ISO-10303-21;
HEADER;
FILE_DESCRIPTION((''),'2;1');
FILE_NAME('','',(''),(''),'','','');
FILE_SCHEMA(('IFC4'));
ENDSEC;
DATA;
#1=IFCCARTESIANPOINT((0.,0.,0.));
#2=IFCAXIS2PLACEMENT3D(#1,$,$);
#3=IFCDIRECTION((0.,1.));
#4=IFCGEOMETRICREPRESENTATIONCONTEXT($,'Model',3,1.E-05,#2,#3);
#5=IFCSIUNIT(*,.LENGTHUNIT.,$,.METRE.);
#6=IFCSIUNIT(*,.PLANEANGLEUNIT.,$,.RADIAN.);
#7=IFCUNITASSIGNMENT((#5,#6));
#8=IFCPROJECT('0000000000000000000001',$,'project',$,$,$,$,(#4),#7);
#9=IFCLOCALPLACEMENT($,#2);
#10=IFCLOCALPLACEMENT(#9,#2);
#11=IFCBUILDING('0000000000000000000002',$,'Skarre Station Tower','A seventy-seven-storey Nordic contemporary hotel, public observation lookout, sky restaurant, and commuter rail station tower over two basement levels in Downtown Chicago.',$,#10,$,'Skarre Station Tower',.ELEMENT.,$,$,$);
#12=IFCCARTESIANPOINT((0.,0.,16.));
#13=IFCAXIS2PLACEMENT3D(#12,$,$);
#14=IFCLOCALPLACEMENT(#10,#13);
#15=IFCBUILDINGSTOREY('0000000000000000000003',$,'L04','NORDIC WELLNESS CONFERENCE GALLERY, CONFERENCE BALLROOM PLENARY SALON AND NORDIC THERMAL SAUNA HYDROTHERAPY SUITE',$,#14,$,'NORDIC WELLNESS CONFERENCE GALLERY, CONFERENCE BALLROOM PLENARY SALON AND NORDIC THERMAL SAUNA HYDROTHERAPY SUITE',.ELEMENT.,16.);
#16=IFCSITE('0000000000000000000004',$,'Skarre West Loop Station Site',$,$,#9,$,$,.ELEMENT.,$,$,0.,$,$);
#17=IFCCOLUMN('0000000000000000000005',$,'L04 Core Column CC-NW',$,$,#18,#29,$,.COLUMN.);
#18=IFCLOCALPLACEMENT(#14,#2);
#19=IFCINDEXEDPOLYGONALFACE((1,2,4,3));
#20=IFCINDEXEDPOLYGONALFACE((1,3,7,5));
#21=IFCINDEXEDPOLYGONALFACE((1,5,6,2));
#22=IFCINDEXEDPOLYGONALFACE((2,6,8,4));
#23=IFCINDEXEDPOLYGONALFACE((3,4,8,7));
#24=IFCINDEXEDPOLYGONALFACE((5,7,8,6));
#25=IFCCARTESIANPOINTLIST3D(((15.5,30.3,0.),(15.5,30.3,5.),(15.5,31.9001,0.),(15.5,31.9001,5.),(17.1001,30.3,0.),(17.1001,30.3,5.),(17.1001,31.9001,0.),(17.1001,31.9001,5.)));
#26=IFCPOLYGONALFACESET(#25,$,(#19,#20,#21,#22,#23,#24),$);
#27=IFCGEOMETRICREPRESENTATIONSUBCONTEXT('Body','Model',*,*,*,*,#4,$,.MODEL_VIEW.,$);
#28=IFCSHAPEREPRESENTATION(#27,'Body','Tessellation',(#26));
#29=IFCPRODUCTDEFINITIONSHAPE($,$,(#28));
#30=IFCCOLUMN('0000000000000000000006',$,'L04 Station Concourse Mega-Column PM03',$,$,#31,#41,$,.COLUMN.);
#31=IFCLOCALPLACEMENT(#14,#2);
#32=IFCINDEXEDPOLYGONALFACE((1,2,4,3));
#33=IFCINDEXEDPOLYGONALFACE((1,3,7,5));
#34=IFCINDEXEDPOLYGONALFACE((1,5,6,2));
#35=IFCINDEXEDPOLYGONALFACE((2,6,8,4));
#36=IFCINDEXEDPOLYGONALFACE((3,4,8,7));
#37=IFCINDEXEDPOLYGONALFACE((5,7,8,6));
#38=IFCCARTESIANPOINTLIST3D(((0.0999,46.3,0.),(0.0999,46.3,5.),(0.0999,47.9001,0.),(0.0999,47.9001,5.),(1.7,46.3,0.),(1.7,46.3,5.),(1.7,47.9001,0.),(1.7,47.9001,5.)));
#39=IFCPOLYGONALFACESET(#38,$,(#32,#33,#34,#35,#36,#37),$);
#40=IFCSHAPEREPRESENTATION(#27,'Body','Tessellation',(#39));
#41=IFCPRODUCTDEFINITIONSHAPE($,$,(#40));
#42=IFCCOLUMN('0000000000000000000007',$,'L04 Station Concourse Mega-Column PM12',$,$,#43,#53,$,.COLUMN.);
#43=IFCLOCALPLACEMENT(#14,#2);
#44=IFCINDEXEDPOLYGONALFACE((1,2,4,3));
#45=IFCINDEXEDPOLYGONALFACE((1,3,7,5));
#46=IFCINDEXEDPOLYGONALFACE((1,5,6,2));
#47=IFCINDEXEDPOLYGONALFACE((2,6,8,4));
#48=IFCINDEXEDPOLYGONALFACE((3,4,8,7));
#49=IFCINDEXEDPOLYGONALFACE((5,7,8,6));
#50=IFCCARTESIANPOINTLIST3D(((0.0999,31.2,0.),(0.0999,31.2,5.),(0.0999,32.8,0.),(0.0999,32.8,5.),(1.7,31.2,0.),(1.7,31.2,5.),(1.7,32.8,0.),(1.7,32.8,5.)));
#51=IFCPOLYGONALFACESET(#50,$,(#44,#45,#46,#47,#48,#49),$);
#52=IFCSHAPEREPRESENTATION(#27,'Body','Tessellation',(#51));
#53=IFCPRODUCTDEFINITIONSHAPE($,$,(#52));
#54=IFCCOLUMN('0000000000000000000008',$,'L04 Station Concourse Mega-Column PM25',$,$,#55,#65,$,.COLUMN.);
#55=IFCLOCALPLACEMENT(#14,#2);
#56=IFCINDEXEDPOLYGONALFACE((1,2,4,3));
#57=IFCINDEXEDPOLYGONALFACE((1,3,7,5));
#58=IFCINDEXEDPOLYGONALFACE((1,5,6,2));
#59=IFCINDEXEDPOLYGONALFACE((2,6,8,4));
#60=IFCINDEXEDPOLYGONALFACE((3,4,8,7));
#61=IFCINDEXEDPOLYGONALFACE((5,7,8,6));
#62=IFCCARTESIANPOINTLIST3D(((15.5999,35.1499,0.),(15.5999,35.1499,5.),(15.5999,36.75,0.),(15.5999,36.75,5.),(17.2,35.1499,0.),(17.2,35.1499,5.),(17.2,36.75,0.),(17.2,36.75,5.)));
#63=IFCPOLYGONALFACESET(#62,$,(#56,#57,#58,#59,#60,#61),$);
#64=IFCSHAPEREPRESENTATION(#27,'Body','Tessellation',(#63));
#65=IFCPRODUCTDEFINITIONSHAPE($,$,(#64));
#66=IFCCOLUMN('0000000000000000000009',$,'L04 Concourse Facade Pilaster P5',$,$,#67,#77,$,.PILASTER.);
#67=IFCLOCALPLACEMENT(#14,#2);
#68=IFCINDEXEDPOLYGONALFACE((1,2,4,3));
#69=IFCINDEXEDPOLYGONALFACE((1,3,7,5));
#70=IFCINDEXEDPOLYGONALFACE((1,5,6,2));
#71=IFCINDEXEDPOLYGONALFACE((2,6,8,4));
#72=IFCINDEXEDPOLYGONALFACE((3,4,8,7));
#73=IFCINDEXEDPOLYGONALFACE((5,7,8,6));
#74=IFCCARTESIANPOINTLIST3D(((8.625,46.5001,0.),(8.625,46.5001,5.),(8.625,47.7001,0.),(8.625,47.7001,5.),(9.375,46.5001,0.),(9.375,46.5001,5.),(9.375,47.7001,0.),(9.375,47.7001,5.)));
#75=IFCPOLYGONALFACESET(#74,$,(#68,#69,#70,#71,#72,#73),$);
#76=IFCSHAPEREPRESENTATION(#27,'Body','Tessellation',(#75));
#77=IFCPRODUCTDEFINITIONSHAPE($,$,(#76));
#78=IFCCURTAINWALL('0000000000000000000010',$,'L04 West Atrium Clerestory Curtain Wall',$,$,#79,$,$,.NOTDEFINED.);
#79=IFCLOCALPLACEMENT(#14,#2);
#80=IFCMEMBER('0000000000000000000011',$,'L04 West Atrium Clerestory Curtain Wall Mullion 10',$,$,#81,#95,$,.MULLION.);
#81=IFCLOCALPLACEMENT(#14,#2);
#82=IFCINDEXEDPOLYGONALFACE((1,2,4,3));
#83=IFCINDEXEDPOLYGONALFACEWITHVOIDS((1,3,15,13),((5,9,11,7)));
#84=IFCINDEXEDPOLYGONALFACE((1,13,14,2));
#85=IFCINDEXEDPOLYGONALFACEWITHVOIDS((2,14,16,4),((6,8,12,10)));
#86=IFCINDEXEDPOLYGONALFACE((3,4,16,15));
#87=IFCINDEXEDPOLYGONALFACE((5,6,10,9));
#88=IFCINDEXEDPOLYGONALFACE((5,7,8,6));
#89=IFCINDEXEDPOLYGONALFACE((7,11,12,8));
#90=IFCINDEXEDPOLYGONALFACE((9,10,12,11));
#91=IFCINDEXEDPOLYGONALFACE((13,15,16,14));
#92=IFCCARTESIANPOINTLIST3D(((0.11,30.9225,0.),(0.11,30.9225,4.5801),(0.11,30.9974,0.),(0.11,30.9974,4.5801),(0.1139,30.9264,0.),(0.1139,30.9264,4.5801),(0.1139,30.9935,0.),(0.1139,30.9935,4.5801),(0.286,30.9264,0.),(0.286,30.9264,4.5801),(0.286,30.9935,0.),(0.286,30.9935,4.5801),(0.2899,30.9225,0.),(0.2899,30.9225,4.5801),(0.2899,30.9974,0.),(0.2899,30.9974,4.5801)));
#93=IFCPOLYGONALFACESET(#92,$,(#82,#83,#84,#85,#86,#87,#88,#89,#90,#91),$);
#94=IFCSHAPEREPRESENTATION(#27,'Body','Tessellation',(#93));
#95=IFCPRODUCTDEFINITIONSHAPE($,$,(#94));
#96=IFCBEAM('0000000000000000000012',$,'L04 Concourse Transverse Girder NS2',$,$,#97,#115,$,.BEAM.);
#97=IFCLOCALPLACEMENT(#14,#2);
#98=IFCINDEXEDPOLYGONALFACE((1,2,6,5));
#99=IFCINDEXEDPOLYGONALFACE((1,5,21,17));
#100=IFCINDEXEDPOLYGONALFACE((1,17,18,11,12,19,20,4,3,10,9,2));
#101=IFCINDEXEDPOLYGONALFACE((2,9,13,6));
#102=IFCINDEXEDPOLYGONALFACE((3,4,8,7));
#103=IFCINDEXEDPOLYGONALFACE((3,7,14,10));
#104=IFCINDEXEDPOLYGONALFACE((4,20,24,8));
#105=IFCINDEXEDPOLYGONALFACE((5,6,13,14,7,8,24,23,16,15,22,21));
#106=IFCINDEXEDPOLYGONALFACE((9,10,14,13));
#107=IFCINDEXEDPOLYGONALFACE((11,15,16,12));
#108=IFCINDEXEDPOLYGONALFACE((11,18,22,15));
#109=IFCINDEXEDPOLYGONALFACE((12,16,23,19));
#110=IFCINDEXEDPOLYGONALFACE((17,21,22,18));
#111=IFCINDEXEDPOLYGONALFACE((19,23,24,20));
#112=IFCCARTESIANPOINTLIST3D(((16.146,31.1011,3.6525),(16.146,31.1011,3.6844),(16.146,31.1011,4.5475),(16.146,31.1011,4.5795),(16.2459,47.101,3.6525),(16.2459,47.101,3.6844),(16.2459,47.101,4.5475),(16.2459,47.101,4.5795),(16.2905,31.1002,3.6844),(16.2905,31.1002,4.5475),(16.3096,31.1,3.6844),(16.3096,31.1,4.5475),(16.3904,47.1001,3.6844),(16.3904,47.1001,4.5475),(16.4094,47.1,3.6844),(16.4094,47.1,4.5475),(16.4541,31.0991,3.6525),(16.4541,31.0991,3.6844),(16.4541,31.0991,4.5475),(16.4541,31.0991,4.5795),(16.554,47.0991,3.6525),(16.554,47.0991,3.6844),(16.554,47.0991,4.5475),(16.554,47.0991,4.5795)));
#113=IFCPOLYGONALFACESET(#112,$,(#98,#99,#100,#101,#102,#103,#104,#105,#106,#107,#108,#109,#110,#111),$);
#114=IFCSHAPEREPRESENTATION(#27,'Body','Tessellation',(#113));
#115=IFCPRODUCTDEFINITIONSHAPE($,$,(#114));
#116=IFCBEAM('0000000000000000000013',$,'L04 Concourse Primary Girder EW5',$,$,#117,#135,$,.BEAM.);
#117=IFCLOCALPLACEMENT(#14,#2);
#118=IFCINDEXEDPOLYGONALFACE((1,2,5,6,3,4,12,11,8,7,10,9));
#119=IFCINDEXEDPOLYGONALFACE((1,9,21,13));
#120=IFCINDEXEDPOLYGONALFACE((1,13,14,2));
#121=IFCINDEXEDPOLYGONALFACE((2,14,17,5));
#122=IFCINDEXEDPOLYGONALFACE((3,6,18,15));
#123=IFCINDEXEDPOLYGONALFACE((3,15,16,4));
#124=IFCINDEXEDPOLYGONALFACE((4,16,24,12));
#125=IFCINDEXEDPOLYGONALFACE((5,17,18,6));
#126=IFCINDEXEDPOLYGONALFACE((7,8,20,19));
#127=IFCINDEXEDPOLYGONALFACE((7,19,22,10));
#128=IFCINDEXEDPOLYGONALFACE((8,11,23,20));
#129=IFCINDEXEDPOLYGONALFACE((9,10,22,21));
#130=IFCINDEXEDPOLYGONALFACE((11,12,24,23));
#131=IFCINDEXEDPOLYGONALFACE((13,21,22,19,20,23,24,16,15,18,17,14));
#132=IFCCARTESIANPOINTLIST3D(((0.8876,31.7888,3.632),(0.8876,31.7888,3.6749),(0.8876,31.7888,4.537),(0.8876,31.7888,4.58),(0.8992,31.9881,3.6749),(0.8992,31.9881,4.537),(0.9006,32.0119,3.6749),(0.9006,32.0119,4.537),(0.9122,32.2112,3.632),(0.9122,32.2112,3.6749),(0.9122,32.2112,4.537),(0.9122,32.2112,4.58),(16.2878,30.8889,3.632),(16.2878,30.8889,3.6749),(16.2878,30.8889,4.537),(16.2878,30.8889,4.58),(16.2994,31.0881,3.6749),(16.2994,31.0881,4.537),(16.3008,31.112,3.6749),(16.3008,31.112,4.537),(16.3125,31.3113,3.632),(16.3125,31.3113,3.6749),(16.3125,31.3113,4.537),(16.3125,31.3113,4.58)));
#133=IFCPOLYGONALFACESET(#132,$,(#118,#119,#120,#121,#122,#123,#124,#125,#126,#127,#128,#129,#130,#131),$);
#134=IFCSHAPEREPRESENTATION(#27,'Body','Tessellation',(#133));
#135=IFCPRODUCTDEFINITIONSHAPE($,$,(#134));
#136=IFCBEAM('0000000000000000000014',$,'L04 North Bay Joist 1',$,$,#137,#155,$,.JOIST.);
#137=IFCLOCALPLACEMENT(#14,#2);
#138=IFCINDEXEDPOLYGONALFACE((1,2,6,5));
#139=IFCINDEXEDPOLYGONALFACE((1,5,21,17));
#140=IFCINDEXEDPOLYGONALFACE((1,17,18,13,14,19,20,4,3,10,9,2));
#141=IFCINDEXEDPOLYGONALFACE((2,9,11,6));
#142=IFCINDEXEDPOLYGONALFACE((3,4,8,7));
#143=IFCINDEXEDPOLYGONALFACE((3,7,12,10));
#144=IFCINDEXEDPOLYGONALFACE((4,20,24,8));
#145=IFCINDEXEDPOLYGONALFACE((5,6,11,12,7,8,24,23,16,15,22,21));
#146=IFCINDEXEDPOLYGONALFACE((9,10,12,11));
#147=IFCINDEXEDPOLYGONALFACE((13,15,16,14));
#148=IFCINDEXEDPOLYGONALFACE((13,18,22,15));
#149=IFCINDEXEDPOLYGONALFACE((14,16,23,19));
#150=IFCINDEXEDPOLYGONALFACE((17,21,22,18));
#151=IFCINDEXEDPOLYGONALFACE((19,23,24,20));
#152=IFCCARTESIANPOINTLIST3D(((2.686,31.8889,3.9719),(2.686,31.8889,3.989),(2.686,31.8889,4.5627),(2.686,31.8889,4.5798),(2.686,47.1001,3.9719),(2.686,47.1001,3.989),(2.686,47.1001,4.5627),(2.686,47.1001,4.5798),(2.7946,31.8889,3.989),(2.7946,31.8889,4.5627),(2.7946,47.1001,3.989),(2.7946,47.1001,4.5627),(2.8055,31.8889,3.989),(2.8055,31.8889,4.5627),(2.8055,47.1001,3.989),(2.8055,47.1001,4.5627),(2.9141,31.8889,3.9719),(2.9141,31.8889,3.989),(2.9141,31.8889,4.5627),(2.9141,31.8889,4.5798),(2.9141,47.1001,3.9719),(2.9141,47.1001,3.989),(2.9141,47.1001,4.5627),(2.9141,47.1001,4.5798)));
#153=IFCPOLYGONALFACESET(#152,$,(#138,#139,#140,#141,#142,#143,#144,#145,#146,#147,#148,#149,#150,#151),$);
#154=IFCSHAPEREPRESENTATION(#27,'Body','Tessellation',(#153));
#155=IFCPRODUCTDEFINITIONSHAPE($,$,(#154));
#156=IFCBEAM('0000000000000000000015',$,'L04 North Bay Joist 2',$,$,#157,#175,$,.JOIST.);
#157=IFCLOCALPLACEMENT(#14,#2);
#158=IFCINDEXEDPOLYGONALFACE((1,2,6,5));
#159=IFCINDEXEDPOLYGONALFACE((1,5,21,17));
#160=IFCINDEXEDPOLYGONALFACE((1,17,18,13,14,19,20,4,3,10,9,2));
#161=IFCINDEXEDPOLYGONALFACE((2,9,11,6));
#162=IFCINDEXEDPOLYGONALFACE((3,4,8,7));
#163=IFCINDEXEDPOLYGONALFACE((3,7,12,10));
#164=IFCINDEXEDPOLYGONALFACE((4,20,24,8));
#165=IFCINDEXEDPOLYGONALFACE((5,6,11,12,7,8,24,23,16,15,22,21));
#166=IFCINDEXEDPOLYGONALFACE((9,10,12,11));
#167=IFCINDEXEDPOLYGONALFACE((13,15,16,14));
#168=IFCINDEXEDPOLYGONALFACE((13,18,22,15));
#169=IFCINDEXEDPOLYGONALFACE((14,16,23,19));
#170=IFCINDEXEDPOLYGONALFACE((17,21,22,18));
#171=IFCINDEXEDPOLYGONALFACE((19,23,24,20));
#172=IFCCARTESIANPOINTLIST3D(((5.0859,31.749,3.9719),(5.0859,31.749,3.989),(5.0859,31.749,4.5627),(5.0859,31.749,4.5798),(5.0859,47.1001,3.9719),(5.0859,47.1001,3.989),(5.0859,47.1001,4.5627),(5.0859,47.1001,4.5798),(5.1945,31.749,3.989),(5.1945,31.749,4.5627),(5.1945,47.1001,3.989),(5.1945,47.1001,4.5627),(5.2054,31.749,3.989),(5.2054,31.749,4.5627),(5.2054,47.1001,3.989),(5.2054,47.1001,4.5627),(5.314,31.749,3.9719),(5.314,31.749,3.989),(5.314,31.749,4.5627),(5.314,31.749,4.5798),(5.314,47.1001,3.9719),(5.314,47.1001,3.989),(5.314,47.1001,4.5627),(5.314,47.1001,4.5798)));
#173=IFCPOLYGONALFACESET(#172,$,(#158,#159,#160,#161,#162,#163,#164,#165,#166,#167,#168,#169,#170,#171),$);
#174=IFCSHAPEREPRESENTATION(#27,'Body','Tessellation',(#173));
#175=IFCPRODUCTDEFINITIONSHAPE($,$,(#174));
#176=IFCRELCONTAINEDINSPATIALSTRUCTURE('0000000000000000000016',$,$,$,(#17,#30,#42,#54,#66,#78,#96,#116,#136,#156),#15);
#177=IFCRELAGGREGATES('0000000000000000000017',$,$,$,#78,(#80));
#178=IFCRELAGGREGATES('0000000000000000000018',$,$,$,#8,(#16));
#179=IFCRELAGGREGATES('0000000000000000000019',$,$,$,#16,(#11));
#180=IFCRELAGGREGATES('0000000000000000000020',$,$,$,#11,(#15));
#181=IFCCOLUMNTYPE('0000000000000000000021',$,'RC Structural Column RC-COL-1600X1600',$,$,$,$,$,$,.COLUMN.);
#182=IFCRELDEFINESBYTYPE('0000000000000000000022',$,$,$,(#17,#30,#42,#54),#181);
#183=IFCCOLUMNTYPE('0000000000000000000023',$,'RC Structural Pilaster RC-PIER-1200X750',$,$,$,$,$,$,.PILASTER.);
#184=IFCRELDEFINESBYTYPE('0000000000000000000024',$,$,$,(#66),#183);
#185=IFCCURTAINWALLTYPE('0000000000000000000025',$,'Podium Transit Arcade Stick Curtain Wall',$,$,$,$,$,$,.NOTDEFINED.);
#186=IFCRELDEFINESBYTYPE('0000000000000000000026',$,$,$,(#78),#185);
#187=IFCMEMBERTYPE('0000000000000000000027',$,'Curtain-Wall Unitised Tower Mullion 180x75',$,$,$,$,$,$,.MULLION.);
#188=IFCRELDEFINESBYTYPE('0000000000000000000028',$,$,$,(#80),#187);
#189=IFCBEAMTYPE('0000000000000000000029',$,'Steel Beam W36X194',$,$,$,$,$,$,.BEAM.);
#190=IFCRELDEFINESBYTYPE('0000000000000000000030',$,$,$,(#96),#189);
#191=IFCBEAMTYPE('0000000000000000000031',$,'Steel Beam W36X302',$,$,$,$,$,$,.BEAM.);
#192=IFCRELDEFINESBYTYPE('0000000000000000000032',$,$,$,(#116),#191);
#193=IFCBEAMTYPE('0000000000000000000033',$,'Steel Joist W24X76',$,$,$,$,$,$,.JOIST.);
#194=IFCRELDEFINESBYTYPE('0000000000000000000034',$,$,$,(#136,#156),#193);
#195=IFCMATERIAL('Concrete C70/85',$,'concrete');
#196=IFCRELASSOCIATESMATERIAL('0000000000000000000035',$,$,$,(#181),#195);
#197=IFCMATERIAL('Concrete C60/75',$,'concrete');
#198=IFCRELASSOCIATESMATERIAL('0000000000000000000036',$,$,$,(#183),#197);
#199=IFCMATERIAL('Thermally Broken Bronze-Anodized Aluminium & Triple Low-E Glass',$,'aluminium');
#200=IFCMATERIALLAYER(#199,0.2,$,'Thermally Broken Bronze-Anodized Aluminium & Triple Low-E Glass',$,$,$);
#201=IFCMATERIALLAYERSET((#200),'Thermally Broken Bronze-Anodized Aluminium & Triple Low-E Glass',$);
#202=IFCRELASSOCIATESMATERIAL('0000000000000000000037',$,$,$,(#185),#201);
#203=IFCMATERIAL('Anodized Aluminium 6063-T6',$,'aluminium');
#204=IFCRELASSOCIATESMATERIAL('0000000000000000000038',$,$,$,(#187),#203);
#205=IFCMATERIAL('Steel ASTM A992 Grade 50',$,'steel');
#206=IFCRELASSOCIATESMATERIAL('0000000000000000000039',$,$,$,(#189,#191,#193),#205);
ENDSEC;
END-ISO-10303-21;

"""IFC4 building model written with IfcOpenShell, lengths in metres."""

from ifc_helpers import new_model, si_unit, direction, frame, origin, origin_2d, place, context, subcontext, project, spatial, rectangle, hollow_rectangle, i_section, extrude, material, layer, layer_set, material_profile, profile_set, type_object, element, aggregate, save


model = new_model("IFC4")

# Units and contexts
model_context = context("Model", 3, precision=1e-05, world=origin(), true_north=direction((0.0, 1.0)))
body_context = subcontext(model_context, "Body", "Model", "MODEL_VIEW")
ifc_project = project(units=[si_unit("LENGTHUNIT", "METRE"), si_unit("PLANEANGLEUNIT", "RADIAN")], contexts=[model_context])

# Site, building, storey
site_placement = place(None, origin())
site = spatial("IfcSite", under=ifc_project, at=site_placement, Name="Skarre West Loop Station Site", CompositionType="ELEMENT", RefElevation=0.0)
building_placement = place(site_placement, origin())
building = spatial("IfcBuilding", under=site, at=building_placement, Name="Skarre Station Tower", Description="A seventy-seven-storey Nordic contemporary hotel, public observation lookout, sky restaurant, and commuter rail station tower over two basement levels in Downtown Chicago.", LongName="Skarre Station Tower", CompositionType="ELEMENT")
storey_placement = place(building_placement, frame((0.0, 0.0, 16.0)))
storey = spatial("IfcBuildingStorey", under=building, at=storey_placement, Name="L04", Description="NORDIC WELLNESS CONFERENCE GALLERY, CONFERENCE BALLROOM PLENARY SALON AND NORDIC THERMAL SAUNA HYDROTHERAPY SUITE", LongName="NORDIC WELLNESS CONFERENCE GALLERY, CONFERENCE BALLROOM PLENARY SALON AND NORDIC THERMAL SAUNA HYDROTHERAPY SUITE", CompositionType="ELEMENT", Elevation=16.0)

# Columns
ifc_material_1 = material(Name="Concrete C70/85", Category="concrete")
ifc_material_profile_1 = material_profile(ifc_material_1, rectangle(XDim=1.6001, YDim=1.6001, at=origin_2d()), Name="Concrete C70/85")
ifc_profile_set_1 = profile_set([ifc_material_profile_1], Name="Concrete C70/85")
column_type_1 = type_object("IfcColumnType", Name="RC Structural Column RC-COL-1600X1600", PredefinedType="COLUMN", material=ifc_profile_set_1)
for number, where, z_axis, x_axis, name in (
    (1, (16.3, 31.1001, 0.0), (0.0, 0.0, 1.0), (1.0, 0.0, 0.0), "L04 Core Column CC-NW"),
    (2, (0.8999, 47.1001, 0.0), (0.0, 0.0, 1.0), (1.0, 0.0, 0.0), "L04 Station Concourse Mega-Column PM03"),
    (3, (0.8999, 32.0, 0.0), (0.0, 0.0, 1.0), (1.0, 0.0, 0.0), "L04 Station Concourse Mega-Column PM12"),
    (4, (16.3999, 35.95, 0.0), (0.0, 0.0, 1.0), (1.0, 0.0, 0.0), "L04 Station Concourse Mega-Column PM25"),
):
    element("IfcColumn", number, at=place(storey_placement, frame(where, z_axis=z_axis, x_axis=x_axis)), inside=storey, type_object=column_type_1, Name=name, PredefinedType="COLUMN", context=body_context, shape_type="SweptSolid", body=[
        extrude(rectangle(XDim=1.6001, YDim=1.6001, at=origin_2d()), origin(), (0.0, 0.0, 1.0), 5.0),
    ])
ifc_material_2 = material(Name="Concrete C60/75", Category="concrete")
ifc_material_profile_2 = material_profile(ifc_material_2, rectangle(XDim=0.75, YDim=1.2, at=origin_2d()), Name="Concrete C60/75")
ifc_profile_set_2 = profile_set([ifc_material_profile_2], Name="Concrete C60/75")
column_type_2 = type_object("IfcColumnType", Name="RC Structural Pilaster RC-PIER-1200X750", PredefinedType="PILASTER", material=ifc_profile_set_2)
column_placement = place(storey_placement, frame((9.0, 47.1001, 0.0), z_axis=(0.0, 0.0, 1.0), x_axis=(1.0, 0.0, 0.0)))
element("IfcColumn", 5, at=column_placement, inside=storey, type_object=column_type_2, Name="L04 Concourse Facade Pilaster P5", PredefinedType="PILASTER", context=body_context, shape_type="SweptSolid", body=[
    extrude(rectangle(XDim=0.75, YDim=1.2, at=origin_2d()), origin(), (0.0, 0.0, 1.0), 5.0),
])

# Curtain wall, member
ifc_material_3 = material(Name="Thermally Broken Bronze-Anodized Aluminium & Triple Low-E Glass", Category="aluminium")
ifc_layer_1 = layer(ifc_material_3, 0.2, Name="Thermally Broken Bronze-Anodized Aluminium & Triple Low-E Glass")
ifc_layer_set_1 = layer_set([ifc_layer_1], Name="Thermally Broken Bronze-Anodized Aluminium & Triple Low-E Glass")
curtain_wall_type = type_object("IfcCurtainWallType", Name="Podium Transit Arcade Stick Curtain Wall", PredefinedType="NOTDEFINED", material=ifc_layer_set_1)
curtain_wall_placement = place(storey_placement, origin())
curtain_wall = element("IfcCurtainWall", 6, at=curtain_wall_placement, inside=storey, type_object=curtain_wall_type, Name="L04 West Atrium Clerestory Curtain Wall", PredefinedType="NOTDEFINED")
ifc_material_4 = material(Name="Anodized Aluminium 6063-T6", Category="aluminium")
ifc_material_profile_3 = material_profile(ifc_material_4, hollow_rectangle(XDim=0.075, YDim=0.1799, WallThickness=0.0039, at=origin_2d()), Name="Anodized Aluminium 6063-T6")
ifc_profile_set_3 = profile_set([ifc_material_profile_3], Name="Anodized Aluminium 6063-T6")
member_type = type_object("IfcMemberType", Name="Curtain-Wall Unitised Tower Mullion 180x75", PredefinedType="MULLION", material=ifc_profile_set_3)
member_placement = place(storey_placement, frame((0.2, 30.96, 0.0), z_axis=(0.0, 0.0, 1.0), x_axis=(0.0, 1.0, 0.0)))
member = element("IfcMember", 7, at=member_placement, type_object=member_type, Name="L04 West Atrium Clerestory Curtain Wall Mullion 10", PredefinedType="MULLION", context=body_context, shape_type="SweptSolid", body=[
    extrude(hollow_rectangle(XDim=0.075, YDim=0.1799, WallThickness=0.0039, at=origin_2d()), origin(), (0.0, 0.0, 1.0), 4.5801),
])

# Beams
ifc_material_5 = material(Name="Steel ASTM A992 Grade 50", Category="steel")
ifc_material_profile_4 = material_profile(ifc_material_5, i_section(OverallWidth=0.3081, OverallDepth=0.927, WebThickness=0.019, FlangeThickness=0.032, at=origin_2d()), Name="Steel ASTM A992 Grade 50")
ifc_profile_set_4 = profile_set([ifc_material_profile_4], Name="Steel ASTM A992 Grade 50")
beam_type_1 = type_object("IfcBeamType", Name="Steel Beam W36X194", PredefinedType="BEAM", material=ifc_profile_set_4)
beam_1_placement = place(storey_placement, frame((16.3, 31.1001, 4.116), z_axis=(0.006241, 0.999981, 0.0), x_axis=(-0.999981, 0.006241, 0.0)))
element("IfcBeam", 8, at=beam_1_placement, inside=storey, type_object=beam_type_1, Name="L04 Concourse Transverse Girder NS2", PredefinedType="BEAM", context=body_context, shape_type="SweptSolid", body=[
    extrude(i_section(OverallWidth=0.3081, OverallDepth=0.927, WebThickness=0.019, FlangeThickness=0.032, at=origin_2d()), origin(), (0.0, 0.0, 1.0), 16.0002),
])
ifc_material_profile_5 = material_profile(ifc_material_5, i_section(OverallWidth=0.4231, OverallDepth=0.948, WebThickness=0.0239, FlangeThickness=0.043, at=origin_2d()), Name="Steel ASTM A992 Grade 50")
ifc_profile_set_5 = profile_set([ifc_material_profile_5], Name="Steel ASTM A992 Grade 50")
beam_type_2 = type_object("IfcBeamType", Name="Steel Beam W36X302", PredefinedType="BEAM", material=ifc_profile_set_5)
beam_2_placement = place(storey_placement, frame((0.8999, 32.0, 4.106), z_axis=(0.998297, -0.058335, 0.0), x_axis=(0.058335, 0.998297, 0.0)))
element("IfcBeam", 9, at=beam_2_placement, inside=storey, type_object=beam_type_2, Name="L04 Concourse Primary Girder EW5", PredefinedType="BEAM", context=body_context, shape_type="SweptSolid", body=[
    extrude(i_section(OverallWidth=0.4231, OverallDepth=0.948, WebThickness=0.0239, FlangeThickness=0.043, at=origin_2d()), origin(), (0.0, 0.0, 1.0), 15.4265),
])
ifc_material_profile_6 = material_profile(ifc_material_5, i_section(OverallWidth=0.228, OverallDepth=0.6079, WebThickness=0.011, FlangeThickness=0.0171, at=origin_2d()), Name="Steel ASTM A992 Grade 50")
ifc_profile_set_6 = profile_set([ifc_material_profile_6], Name="Steel ASTM A992 Grade 50")
beam_type_3 = type_object("IfcBeamType", Name="Steel Joist W24X76", PredefinedType="JOIST", material=ifc_profile_set_6)
beam_3_placement = place(storey_placement, frame((2.8, 31.8889, 4.2759), z_axis=(0.0, 1.0, 0.0), x_axis=(-1.0, 0.0, 0.0)))
element("IfcBeam", 10, at=beam_3_placement, inside=storey, type_object=beam_type_3, Name="L04 North Bay Joist 1", PredefinedType="JOIST", context=body_context, shape_type="SweptSolid", body=[
    extrude(i_section(OverallWidth=0.228, OverallDepth=0.6079, WebThickness=0.011, FlangeThickness=0.0171, at=origin_2d()), origin(), (0.0, 0.0, 1.0), 15.2112),
])
beam_4_placement = place(storey_placement, frame((5.2, 31.749, 4.2759), z_axis=(0.0, 1.0, 0.0), x_axis=(-1.0, 0.0, 0.0)))
element("IfcBeam", 11, at=beam_4_placement, inside=storey, type_object=beam_type_3, Name="L04 North Bay Joist 2", PredefinedType="JOIST", context=body_context, shape_type="SweptSolid", body=[
    extrude(i_section(OverallWidth=0.228, OverallDepth=0.6079, WebThickness=0.011, FlangeThickness=0.0171, at=origin_2d()), origin(), (0.0, 0.0, 1.0), 15.3511),
])

aggregate(curtain_wall, [member])

save(model, "model.ifc")
